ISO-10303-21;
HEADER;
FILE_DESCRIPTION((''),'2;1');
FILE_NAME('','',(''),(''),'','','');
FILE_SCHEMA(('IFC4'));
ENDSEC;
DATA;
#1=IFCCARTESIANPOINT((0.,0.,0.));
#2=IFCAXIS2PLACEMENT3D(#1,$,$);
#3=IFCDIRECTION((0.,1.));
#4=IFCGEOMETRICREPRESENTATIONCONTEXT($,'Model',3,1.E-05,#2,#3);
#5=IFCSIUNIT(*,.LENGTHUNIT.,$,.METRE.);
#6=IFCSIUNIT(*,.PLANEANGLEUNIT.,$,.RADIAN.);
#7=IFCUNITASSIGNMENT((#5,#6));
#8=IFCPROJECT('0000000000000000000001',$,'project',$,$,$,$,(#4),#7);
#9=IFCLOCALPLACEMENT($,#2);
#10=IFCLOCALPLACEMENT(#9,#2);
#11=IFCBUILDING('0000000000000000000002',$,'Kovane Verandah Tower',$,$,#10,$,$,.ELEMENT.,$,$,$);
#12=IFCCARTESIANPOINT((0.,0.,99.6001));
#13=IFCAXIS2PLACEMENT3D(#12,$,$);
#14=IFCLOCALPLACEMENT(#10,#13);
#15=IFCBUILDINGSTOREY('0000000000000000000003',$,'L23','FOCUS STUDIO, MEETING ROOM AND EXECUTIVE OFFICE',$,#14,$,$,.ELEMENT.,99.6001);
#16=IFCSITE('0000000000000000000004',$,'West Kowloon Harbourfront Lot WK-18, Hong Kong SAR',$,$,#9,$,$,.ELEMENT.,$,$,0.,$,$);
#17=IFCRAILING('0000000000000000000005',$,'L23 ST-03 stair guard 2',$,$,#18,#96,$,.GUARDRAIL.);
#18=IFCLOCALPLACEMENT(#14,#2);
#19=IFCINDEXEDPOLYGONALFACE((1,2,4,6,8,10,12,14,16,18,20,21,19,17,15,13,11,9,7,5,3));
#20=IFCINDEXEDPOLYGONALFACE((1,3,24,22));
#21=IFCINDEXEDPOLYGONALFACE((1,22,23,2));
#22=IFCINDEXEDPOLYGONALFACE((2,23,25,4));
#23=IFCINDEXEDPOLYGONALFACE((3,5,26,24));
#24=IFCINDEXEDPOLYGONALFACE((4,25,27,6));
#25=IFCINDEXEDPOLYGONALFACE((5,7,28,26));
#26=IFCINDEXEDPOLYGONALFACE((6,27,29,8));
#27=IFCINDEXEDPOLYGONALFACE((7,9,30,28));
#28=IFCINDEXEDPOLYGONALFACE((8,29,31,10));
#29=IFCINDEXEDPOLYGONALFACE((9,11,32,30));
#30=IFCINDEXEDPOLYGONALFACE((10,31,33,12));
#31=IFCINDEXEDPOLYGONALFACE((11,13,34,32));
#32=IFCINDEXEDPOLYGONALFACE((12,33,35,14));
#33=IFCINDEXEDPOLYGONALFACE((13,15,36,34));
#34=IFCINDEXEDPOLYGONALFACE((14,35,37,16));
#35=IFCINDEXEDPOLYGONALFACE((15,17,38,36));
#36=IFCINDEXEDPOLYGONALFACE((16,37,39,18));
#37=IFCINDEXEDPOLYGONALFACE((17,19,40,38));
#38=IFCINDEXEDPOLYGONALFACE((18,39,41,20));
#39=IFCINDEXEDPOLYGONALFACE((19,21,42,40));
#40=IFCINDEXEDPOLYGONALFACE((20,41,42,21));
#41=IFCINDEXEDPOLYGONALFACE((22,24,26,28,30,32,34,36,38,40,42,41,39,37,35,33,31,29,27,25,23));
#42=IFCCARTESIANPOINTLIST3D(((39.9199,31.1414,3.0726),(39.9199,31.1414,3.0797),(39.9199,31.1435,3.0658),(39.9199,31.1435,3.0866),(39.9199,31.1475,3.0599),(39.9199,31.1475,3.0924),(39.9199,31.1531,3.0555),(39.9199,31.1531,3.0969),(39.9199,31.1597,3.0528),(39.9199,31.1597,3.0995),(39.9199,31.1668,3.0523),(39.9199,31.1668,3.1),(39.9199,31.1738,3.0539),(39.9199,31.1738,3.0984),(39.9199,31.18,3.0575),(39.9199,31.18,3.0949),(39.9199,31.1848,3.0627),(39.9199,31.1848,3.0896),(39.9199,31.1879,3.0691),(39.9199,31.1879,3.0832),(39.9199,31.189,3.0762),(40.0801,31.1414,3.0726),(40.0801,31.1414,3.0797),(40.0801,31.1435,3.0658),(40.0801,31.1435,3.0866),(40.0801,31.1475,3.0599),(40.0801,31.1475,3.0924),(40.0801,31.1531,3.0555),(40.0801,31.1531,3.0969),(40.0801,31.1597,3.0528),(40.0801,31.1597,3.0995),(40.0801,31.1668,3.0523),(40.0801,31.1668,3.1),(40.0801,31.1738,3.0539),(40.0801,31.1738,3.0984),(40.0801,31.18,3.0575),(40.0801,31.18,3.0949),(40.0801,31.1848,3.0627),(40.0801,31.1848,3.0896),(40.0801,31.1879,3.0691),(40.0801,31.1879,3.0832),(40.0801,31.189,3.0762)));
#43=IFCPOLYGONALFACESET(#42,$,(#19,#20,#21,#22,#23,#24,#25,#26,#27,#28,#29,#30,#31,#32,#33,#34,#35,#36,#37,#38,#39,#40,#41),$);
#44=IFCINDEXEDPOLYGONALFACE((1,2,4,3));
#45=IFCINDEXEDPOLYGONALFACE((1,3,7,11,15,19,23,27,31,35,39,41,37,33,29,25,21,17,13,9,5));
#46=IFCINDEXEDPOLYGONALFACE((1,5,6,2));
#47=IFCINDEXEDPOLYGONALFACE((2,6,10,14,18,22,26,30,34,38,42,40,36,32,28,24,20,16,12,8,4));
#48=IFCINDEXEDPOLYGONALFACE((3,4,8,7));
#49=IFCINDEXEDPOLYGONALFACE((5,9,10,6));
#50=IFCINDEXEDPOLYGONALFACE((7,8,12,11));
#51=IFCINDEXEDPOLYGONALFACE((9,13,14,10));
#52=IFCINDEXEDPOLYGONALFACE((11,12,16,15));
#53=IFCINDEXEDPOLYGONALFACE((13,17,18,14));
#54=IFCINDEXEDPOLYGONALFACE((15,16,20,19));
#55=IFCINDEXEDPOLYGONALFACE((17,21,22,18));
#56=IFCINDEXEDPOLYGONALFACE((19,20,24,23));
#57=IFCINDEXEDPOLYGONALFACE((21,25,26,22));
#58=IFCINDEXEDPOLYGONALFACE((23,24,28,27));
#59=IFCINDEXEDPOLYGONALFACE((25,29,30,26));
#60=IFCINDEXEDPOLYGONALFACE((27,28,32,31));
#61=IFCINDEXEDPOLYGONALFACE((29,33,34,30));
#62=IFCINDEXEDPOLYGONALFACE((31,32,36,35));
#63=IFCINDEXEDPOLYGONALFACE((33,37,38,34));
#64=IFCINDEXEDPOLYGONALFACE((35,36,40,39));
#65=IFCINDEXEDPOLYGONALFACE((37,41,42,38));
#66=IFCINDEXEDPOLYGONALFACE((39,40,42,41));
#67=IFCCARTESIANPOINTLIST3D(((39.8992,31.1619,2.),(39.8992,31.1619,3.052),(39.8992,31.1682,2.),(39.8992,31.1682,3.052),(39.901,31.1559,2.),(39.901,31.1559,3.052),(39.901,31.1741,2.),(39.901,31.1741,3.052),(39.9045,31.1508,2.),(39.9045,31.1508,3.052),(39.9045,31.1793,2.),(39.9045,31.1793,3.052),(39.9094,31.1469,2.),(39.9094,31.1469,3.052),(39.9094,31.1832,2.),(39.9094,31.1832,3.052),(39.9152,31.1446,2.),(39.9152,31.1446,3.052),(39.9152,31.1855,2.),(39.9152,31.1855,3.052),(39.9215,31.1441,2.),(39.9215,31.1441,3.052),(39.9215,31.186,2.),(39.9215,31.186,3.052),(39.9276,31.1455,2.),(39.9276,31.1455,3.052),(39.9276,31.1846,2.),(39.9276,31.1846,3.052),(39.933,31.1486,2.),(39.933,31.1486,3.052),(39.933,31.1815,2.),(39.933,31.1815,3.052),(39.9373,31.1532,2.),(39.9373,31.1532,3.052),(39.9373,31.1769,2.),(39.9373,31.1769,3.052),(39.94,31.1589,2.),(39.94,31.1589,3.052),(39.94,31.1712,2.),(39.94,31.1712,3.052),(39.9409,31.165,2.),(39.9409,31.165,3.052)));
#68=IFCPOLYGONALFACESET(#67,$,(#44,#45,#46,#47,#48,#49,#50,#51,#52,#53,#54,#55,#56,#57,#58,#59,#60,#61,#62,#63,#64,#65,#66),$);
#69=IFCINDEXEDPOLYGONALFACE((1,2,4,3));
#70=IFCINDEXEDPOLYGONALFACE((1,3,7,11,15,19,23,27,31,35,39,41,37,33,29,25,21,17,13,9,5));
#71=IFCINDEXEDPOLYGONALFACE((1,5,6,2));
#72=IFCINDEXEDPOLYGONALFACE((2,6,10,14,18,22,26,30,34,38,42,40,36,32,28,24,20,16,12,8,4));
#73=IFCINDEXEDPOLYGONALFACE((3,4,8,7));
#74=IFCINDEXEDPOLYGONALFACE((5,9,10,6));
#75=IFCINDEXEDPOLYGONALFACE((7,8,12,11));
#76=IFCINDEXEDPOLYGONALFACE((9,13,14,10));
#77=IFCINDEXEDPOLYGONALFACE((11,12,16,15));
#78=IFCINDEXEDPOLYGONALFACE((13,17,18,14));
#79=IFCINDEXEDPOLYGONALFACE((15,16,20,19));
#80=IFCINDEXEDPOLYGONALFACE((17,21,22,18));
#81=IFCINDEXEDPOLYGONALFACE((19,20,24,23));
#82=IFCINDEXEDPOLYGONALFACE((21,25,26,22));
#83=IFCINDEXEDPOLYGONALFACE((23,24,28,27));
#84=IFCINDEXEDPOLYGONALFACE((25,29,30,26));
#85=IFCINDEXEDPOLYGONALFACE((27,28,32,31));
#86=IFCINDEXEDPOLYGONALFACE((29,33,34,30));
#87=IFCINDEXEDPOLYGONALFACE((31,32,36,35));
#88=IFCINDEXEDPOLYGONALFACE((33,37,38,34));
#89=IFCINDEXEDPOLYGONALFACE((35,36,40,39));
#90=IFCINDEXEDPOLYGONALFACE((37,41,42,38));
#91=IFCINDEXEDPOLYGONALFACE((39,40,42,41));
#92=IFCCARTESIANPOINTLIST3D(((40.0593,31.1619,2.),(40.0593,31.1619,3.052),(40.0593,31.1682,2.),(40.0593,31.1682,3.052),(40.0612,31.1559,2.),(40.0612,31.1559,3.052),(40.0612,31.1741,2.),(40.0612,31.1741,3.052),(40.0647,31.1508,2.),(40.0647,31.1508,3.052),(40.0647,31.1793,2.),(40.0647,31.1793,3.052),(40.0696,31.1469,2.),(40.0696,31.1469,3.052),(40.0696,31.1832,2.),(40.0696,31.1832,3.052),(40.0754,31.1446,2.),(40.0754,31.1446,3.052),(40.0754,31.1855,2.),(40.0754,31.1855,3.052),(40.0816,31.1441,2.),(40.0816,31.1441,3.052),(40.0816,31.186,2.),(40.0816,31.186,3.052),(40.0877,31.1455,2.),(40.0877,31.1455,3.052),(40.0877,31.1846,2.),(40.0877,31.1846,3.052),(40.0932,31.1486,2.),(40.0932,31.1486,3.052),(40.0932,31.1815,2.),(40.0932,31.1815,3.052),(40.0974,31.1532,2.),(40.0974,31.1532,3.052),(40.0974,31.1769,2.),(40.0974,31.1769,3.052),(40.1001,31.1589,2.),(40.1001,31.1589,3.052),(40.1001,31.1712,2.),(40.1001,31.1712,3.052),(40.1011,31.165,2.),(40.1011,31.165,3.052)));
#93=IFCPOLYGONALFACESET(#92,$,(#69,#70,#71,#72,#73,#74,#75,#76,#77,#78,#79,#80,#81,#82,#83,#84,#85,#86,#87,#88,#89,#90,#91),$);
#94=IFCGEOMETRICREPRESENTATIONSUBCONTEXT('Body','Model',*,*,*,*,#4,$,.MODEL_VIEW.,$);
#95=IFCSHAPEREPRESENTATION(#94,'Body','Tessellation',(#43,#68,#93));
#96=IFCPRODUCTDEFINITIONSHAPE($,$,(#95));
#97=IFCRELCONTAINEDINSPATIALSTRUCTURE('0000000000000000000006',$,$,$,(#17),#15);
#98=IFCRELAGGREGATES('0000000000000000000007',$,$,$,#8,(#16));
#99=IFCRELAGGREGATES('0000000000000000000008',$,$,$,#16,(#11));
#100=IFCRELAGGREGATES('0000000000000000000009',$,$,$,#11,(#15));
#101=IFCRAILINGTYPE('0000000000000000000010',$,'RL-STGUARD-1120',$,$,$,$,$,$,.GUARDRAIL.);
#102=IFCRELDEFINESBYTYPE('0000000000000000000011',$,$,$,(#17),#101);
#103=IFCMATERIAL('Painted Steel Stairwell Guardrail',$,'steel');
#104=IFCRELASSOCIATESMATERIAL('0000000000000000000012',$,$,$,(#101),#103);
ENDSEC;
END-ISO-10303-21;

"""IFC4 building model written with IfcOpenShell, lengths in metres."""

from ifc_helpers import new_model, si_unit, direction, frame, origin, origin_2d, place, context, subcontext, project, spatial, circle, extrude, material, type_object, element, save


model = new_model("IFC4")

# Units and contexts
model_context = context("Model", 3, precision=1e-05, world=origin(), true_north=direction((0.0, 1.0)))
body_context = subcontext(model_context, "Body", "Model", "MODEL_VIEW")
ifc_project = project(units=[si_unit("LENGTHUNIT", "METRE"), si_unit("PLANEANGLEUNIT", "RADIAN")], contexts=[model_context])

# Site, building, storey
site_placement = place(None, origin())
site = spatial("IfcSite", under=ifc_project, at=site_placement, Name="West Kowloon Harbourfront Lot WK-18, Hong Kong SAR", CompositionType="ELEMENT", RefElevation=0.0)
building_placement = place(site_placement, origin())
building = spatial("IfcBuilding", under=site, at=building_placement, Name="Kovane Verandah Tower", CompositionType="ELEMENT")
storey_placement = place(building_placement, frame((0.0, 0.0, 99.6001)))
storey = spatial("IfcBuildingStorey", under=building, at=storey_placement, Name="L23", Description="FOCUS STUDIO, MEETING ROOM AND EXECUTIVE OFFICE", CompositionType="ELEMENT", Elevation=99.6001)

# Railing
ifc_material_1 = material(Name="Painted Steel Stairwell Guardrail", Category="steel")
railing_type_1 = type_object("IfcRailingType", Name="RL-STGUARD-1120", PredefinedType="GUARDRAIL", material=ifc_material_1)
railing_1_placement = place(storey_placement, frame((39.9199, 31.165, 2.0)))
element("IfcRailing", 1, at=railing_1_placement, inside=storey, type_object=railing_type_1, Name="L23 ST-03 stair guard 2", PredefinedType="GUARDRAIL", context=body_context, shape_type="SweptSolid", body=[
    extrude(circle(Radius=0.0239, at=origin_2d()), frame((0.0, 0.0, 1.0762), z_axis=(1.0, 0.0, 0.0), x_axis=(0.0, 1.0, 0.0)), (0.0, 0.0, 1.0), 0.1602),
    extrude(circle(Radius=0.021, at=origin_2d()), origin(), (0.0, 0.0, 1.0), 1.052),
    extrude(circle(Radius=0.021, at=origin_2d()), frame((0.1602, 0.0, 0.0)), (0.0, 0.0, 1.0), 1.052),
])

save(model, "model.ifc")
